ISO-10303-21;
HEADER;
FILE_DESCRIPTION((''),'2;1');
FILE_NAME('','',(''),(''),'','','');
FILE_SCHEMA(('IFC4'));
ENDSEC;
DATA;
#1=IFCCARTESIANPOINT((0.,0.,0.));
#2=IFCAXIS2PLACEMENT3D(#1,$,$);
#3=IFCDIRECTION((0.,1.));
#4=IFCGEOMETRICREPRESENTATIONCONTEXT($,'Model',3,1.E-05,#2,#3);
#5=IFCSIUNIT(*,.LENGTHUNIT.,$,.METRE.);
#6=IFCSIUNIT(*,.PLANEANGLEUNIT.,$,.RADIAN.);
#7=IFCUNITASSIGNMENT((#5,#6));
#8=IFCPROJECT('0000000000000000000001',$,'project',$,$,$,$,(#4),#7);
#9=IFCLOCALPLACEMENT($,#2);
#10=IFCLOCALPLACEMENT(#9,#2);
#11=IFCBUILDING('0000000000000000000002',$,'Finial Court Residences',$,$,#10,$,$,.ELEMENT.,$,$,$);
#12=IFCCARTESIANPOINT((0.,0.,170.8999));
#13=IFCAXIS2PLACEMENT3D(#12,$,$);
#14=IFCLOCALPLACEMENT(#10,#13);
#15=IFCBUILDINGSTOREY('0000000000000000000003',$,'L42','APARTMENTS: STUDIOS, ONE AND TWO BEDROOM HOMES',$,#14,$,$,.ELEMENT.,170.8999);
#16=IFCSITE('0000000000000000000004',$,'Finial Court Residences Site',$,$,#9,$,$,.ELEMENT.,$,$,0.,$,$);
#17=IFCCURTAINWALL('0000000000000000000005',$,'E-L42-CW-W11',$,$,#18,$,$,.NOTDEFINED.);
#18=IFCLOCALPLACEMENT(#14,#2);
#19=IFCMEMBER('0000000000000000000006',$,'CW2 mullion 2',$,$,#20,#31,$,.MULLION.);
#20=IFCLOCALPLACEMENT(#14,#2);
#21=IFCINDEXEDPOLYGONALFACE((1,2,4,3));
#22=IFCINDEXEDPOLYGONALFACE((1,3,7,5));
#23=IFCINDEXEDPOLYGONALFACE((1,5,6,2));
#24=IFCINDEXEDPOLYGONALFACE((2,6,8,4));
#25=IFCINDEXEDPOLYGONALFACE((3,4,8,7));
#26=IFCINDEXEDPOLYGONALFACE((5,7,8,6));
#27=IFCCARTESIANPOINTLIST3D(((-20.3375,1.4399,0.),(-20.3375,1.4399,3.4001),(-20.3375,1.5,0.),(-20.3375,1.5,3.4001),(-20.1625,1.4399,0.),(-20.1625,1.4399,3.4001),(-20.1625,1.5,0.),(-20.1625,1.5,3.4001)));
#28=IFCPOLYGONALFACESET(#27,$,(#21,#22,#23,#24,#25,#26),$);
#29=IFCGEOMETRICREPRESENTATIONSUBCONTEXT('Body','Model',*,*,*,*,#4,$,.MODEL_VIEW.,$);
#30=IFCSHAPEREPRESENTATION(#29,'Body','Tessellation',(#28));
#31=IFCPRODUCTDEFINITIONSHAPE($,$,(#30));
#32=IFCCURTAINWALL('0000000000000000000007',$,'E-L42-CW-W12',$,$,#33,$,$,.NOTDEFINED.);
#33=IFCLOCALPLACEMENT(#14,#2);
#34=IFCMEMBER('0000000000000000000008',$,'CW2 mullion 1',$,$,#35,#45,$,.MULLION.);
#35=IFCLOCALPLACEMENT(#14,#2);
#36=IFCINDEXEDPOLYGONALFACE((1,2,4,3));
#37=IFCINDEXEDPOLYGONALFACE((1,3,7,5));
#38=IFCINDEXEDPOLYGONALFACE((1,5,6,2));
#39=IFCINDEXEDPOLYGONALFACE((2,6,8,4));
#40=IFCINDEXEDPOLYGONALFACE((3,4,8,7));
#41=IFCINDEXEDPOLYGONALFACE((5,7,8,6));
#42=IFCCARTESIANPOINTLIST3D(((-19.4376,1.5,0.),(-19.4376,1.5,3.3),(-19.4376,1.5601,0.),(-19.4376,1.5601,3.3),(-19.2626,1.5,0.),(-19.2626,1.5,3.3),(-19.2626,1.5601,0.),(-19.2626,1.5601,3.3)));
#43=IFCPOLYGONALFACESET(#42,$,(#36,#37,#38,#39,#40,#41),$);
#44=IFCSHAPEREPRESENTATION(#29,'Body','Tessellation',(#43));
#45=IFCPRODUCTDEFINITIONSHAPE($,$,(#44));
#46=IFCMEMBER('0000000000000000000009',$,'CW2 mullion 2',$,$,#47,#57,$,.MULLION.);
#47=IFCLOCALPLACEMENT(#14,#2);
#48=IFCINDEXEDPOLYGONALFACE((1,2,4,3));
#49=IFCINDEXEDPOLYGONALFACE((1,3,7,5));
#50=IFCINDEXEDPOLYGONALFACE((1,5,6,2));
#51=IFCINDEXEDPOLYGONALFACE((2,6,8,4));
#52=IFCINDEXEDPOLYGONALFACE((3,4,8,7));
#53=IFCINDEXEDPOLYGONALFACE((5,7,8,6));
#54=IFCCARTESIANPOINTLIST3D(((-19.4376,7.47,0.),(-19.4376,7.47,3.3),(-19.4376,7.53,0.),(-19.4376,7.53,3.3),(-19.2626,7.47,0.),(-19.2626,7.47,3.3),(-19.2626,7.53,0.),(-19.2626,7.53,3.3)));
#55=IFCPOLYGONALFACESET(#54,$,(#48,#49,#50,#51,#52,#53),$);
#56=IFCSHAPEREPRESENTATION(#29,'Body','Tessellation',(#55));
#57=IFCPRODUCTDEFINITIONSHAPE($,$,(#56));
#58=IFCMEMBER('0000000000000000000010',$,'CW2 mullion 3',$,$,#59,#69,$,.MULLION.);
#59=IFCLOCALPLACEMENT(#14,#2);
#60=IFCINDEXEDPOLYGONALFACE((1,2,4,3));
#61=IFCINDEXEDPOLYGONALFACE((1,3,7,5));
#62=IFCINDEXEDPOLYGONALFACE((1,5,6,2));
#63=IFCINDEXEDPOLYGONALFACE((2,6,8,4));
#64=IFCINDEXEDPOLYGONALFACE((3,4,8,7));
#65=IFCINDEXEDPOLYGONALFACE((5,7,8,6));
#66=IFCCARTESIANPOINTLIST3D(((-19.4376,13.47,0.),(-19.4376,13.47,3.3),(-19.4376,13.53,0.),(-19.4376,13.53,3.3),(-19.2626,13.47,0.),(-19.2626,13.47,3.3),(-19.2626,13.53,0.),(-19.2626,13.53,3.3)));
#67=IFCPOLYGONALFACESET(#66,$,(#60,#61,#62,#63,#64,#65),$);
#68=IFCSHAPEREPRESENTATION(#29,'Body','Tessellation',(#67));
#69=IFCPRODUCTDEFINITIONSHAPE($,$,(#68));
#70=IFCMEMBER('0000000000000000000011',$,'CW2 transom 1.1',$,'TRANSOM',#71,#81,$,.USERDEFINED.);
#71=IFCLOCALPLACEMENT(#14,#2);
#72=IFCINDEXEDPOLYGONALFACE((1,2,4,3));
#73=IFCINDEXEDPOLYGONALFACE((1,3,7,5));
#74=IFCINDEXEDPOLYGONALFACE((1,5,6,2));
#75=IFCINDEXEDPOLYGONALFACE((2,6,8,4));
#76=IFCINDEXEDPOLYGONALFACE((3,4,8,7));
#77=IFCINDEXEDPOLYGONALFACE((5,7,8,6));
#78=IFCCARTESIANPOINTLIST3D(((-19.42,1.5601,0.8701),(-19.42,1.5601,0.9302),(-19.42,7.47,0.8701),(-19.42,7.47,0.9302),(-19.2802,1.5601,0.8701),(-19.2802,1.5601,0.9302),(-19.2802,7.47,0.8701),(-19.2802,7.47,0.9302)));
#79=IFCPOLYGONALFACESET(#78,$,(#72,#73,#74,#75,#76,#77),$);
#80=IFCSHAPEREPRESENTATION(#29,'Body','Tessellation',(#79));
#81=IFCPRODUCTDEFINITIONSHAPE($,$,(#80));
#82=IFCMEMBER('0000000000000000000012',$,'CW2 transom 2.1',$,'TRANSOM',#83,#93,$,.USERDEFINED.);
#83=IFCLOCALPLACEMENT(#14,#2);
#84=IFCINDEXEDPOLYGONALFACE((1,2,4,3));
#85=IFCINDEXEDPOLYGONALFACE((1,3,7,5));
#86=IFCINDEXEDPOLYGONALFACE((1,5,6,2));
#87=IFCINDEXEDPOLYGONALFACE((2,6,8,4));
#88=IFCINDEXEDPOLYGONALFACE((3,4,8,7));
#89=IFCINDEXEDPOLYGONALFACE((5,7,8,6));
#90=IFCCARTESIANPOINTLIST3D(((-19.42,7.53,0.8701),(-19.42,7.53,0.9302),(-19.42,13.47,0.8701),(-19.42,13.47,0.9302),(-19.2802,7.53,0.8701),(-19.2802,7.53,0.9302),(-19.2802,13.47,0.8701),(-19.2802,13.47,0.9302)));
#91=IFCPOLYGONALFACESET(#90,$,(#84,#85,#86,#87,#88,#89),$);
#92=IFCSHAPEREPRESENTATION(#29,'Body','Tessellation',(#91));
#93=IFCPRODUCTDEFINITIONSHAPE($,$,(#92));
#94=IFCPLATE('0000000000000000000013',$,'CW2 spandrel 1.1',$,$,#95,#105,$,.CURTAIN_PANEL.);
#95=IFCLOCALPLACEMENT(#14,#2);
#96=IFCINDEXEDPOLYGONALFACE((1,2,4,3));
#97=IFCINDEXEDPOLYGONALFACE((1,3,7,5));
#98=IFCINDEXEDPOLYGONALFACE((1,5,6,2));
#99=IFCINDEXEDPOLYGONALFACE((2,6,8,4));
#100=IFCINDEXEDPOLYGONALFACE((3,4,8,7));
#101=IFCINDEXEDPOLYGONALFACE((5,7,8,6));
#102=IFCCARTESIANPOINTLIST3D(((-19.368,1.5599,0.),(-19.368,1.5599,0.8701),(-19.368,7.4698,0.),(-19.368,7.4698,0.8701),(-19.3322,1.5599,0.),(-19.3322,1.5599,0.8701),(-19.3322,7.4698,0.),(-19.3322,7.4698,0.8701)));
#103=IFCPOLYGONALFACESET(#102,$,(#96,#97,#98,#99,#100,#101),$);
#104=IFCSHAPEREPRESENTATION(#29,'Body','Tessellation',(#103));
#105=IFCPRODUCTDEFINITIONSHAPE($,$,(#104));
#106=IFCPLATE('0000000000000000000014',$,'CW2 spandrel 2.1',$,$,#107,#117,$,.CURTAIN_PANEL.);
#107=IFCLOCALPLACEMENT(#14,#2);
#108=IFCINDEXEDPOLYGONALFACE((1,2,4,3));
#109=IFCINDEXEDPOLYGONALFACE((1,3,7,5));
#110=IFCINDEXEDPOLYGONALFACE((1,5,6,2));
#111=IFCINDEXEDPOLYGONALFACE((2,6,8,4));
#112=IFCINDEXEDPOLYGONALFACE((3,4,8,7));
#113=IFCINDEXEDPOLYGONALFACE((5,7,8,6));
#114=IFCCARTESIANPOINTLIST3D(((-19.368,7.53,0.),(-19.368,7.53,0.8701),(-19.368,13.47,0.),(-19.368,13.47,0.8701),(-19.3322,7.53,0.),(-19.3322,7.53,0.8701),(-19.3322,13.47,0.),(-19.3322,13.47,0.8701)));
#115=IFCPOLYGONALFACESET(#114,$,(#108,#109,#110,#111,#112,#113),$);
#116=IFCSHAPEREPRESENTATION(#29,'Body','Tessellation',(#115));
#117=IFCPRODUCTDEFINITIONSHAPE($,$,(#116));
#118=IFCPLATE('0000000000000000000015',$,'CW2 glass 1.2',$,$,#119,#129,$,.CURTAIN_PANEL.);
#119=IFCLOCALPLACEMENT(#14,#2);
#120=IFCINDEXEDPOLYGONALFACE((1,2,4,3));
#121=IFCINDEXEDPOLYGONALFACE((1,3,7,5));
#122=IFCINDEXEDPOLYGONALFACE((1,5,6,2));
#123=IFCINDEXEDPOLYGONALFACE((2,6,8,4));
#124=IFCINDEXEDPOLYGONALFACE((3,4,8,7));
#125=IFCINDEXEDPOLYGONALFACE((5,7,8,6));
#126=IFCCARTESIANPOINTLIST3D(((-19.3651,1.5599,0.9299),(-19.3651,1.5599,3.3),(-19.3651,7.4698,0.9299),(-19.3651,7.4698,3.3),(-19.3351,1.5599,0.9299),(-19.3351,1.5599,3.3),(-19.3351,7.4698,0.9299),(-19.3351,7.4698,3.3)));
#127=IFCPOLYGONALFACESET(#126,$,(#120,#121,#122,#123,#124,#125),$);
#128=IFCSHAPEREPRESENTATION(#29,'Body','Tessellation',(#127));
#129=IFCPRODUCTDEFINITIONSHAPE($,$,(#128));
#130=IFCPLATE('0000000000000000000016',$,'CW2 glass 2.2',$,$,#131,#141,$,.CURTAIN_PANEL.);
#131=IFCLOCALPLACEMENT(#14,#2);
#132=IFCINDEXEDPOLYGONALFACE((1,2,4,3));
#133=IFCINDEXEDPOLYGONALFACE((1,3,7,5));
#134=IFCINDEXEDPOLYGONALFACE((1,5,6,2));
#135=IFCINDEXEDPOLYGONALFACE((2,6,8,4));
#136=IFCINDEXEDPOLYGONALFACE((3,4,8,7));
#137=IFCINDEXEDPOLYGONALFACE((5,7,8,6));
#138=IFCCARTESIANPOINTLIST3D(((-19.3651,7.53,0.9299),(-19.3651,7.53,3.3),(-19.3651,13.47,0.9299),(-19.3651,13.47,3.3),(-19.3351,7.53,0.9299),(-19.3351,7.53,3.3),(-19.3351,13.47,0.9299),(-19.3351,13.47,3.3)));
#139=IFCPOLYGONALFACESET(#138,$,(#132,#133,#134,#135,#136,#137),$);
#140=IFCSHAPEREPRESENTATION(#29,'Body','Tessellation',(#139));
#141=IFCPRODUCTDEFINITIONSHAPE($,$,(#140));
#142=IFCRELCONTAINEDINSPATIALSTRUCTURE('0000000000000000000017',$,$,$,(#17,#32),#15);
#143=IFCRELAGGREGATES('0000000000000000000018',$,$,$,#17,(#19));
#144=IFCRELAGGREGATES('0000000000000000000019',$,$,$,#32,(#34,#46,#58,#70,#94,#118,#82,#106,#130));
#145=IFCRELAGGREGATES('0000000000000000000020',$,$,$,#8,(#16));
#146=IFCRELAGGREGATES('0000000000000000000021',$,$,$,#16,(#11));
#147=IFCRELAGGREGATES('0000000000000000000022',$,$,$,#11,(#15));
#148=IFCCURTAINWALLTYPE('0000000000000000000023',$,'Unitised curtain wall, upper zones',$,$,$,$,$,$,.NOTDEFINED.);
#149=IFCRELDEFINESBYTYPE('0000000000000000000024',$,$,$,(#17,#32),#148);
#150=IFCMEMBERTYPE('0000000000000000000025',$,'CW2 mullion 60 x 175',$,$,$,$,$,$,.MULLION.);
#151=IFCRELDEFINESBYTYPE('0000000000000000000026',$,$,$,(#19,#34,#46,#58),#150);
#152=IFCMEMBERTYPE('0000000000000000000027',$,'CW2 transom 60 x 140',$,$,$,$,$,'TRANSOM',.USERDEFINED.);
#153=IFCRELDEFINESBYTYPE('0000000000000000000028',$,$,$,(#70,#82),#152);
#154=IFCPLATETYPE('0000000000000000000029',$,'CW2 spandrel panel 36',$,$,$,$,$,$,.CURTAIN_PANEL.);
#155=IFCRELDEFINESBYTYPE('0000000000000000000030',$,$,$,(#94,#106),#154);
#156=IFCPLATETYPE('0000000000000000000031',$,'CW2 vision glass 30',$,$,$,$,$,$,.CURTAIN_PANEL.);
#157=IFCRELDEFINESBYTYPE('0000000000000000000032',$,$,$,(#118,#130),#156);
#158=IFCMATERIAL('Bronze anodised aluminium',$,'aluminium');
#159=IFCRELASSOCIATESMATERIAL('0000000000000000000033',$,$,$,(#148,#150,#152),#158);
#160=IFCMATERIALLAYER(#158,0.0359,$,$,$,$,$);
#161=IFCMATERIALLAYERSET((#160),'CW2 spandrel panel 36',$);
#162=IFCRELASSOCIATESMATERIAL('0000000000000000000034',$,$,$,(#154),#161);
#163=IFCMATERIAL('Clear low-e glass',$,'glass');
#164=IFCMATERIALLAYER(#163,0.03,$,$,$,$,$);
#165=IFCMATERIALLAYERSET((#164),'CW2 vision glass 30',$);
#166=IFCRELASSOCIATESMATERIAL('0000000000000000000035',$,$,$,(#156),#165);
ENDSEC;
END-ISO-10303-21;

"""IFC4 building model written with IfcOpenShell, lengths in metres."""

from ifc_helpers import new_model, si_unit, direction, frame, origin, origin_2d, place, context, subcontext, project, spatial, rectangle, extrude, material, layer, layer_set, material_profile, profile_set, type_object, element, aggregate, save


model = new_model("IFC4")

# Units and contexts
model_context = context("Model", 3, precision=1e-05, world=origin(), true_north=direction((0.0, 1.0)))
body_context = subcontext(model_context, "Body", "Model", "MODEL_VIEW")
ifc_project = project(units=[si_unit("LENGTHUNIT", "METRE"), si_unit("PLANEANGLEUNIT", "RADIAN")], contexts=[model_context])

# Site, building, storey
site_placement = place(None, origin())
site = spatial("IfcSite", under=ifc_project, at=site_placement, Name="Finial Court Residences Site", CompositionType="ELEMENT", RefElevation=0.0)
building_placement = place(site_placement, origin())
building = spatial("IfcBuilding", under=site, at=building_placement, Name="Finial Court Residences", CompositionType="ELEMENT")
storey_placement = place(building_placement, frame((0.0, 0.0, 170.8999)))
storey = spatial("IfcBuildingStorey", under=building, at=storey_placement, Name="L42", Description="APARTMENTS: STUDIOS, ONE AND TWO BEDROOM HOMES", CompositionType="ELEMENT", Elevation=170.8999)

# Curtain wall, member
ifc_material_1 = material(Name="Bronze anodised aluminium", Category="aluminium")
curtain_wall_type = type_object("IfcCurtainWallType", Name="Unitised curtain wall, upper zones", PredefinedType="NOTDEFINED", material=ifc_material_1)
curtain_wall_1_placement = place(storey_placement, origin())
curtain_wall_1 = element("IfcCurtainWall", 1, at=curtain_wall_1_placement, inside=storey, type_object=curtain_wall_type, Name="E-L42-CW-W11", PredefinedType="NOTDEFINED")
ifc_material_profile_1 = material_profile(ifc_material_1, rectangle(XDim=0.175, YDim=0.0601, at=origin_2d()), Name="CW2 mullion 60 x 175")
ifc_profile_set_1 = profile_set([ifc_material_profile_1], Name="Bronze anodised aluminium")
member_type_1 = type_object("IfcMemberType", Name="CW2 mullion 60 x 175", PredefinedType="MULLION", material=ifc_profile_set_1)
member_1_placement = place(storey_placement, frame((-20.25, 1.47, 0.0), z_axis=(0.0, 0.0, 1.0), x_axis=(-1.0, 0.0, 0.0)))
member_1 = element("IfcMember", 2, at=member_1_placement, type_object=member_type_1, Name="CW2 mullion 2", PredefinedType="MULLION", context=body_context, shape_type="SweptSolid", body=[
    extrude(rectangle(XDim=0.175, YDim=0.0601, at=origin_2d()), origin(), (0.0, 0.0, 1.0), 3.4001),
])
aggregate(curtain_wall_1, [member_1])

# Curtain wall, members, plates
curtain_wall_2_placement = place(storey_placement, origin())
curtain_wall_2 = element("IfcCurtainWall", 3, at=curtain_wall_2_placement, inside=storey, type_object=curtain_wall_type, Name="E-L42-CW-W12", PredefinedType="NOTDEFINED")
member_2_placement = place(storey_placement, frame((-19.3501, 1.53, 0.0), z_axis=(0.0, 0.0, 1.0), x_axis=(-1.0, 0.0, 0.0)))
member_2 = element("IfcMember", 4, at=member_2_placement, type_object=member_type_1, Name="CW2 mullion 1", PredefinedType="MULLION", context=body_context, shape_type="SweptSolid", body=[
    extrude(rectangle(XDim=0.175, YDim=0.0601, at=origin_2d()), origin(), (0.0, 0.0, 1.0), 3.3),
])
member_3_placement = place(storey_placement, frame((-19.3501, 7.5, 0.0), z_axis=(0.0, 0.0, 1.0), x_axis=(-1.0, 0.0, 0.0)))
member_3 = element("IfcMember", 5, at=member_3_placement, type_object=member_type_1, Name="CW2 mullion 2", PredefinedType="MULLION", context=body_context, shape_type="SweptSolid", body=[
    extrude(rectangle(XDim=0.175, YDim=0.0601, at=origin_2d()), origin(), (0.0, 0.0, 1.0), 3.3),
])
member_4_placement = place(storey_placement, frame((-19.3501, 13.5, 0.0), z_axis=(0.0, 0.0, 1.0), x_axis=(-1.0, 0.0, 0.0)))
member_4 = element("IfcMember", 6, at=member_4_placement, type_object=member_type_1, Name="CW2 mullion 3", PredefinedType="MULLION", context=body_context, shape_type="SweptSolid", body=[
    extrude(rectangle(XDim=0.175, YDim=0.0601, at=origin_2d()), origin(), (0.0, 0.0, 1.0), 3.3),
])
ifc_material_profile_2 = material_profile(ifc_material_1, rectangle(XDim=0.1399, YDim=0.0601, at=origin_2d()), Name="CW2 transom 60 x 140")
ifc_profile_set_2 = profile_set([ifc_material_profile_2], Name="Bronze anodised aluminium")
member_type_2 = type_object("IfcMemberType", Name="CW2 transom 60 x 140", ElementType="TRANSOM", PredefinedType="USERDEFINED", material=ifc_profile_set_2)
member_5_placement = place(storey_placement, frame((-19.3501, 1.5601, 0.9001), z_axis=(0.0, 1.0, 0.0), x_axis=(-1.0, 0.0, 0.0)))
member_5 = element("IfcMember", 7, at=member_5_placement, type_object=member_type_2, Name="CW2 transom 1.1", ObjectType="TRANSOM", PredefinedType="USERDEFINED", context=body_context, shape_type="SweptSolid", body=[
    extrude(rectangle(XDim=0.1399, YDim=0.0601, at=origin_2d()), origin(), (0.0, 0.0, 1.0), 5.9099),
])
member_6_placement = place(storey_placement, frame((-19.3501, 7.53, 0.9001), z_axis=(0.0, 1.0, 0.0), x_axis=(-1.0, 0.0, 0.0)))
member_6 = element("IfcMember", 8, at=member_6_placement, type_object=member_type_2, Name="CW2 transom 2.1", ObjectType="TRANSOM", PredefinedType="USERDEFINED", context=body_context, shape_type="SweptSolid", body=[
    extrude(rectangle(XDim=0.1399, YDim=0.0601, at=origin_2d()), origin(), (0.0, 0.0, 1.0), 5.9399),
])
ifc_layer_1 = layer(ifc_material_1, 0.0359)
ifc_layer_set_1 = layer_set([ifc_layer_1], Name="CW2 spandrel panel 36")
plate_type_1 = type_object("IfcPlateType", Name="CW2 spandrel panel 36", PredefinedType="CURTAIN_PANEL", material=ifc_layer_set_1)
plate_1_placement = place(storey_placement, frame((-19.3501, 4.5149, 0.0), z_axis=(0.0, 0.0, 1.0), x_axis=(0.0, 1.0, 0.0)))
plate_1 = element("IfcPlate", 9, at=plate_1_placement, type_object=plate_type_1, Name="CW2 spandrel 1.1", PredefinedType="CURTAIN_PANEL", context=body_context, shape_type="SweptSolid", body=[
    extrude(rectangle(XDim=5.9099, YDim=0.0359, at=origin_2d()), origin(), (0.0, 0.0, 1.0), 0.8701),
])
plate_2_placement = place(storey_placement, frame((-19.3501, 10.5, 0.0), z_axis=(0.0, 0.0, 1.0), x_axis=(0.0, 1.0, 0.0)))
plate_2 = element("IfcPlate", 10, at=plate_2_placement, type_object=plate_type_1, Name="CW2 spandrel 2.1", PredefinedType="CURTAIN_PANEL", context=body_context, shape_type="SweptSolid", body=[
    extrude(rectangle(XDim=5.9399, YDim=0.0359, at=origin_2d()), origin(), (0.0, 0.0, 1.0), 0.8701),
])
ifc_material_2 = material(Name="Clear low-e glass", Category="glass")
ifc_layer_2 = layer(ifc_material_2, 0.03)
ifc_layer_set_2 = layer_set([ifc_layer_2], Name="CW2 vision glass 30")
plate_type_2 = type_object("IfcPlateType", Name="CW2 vision glass 30", PredefinedType="CURTAIN_PANEL", material=ifc_layer_set_2)
plate_3_placement = place(storey_placement, frame((-19.3501, 4.5149, 0.9299), z_axis=(0.0, 0.0, 1.0), x_axis=(0.0, 1.0, 0.0)))
plate_3 = element("IfcPlate", 11, at=plate_3_placement, type_object=plate_type_2, Name="CW2 glass 1.2", PredefinedType="CURTAIN_PANEL", context=body_context, shape_type="SweptSolid", body=[
    extrude(rectangle(XDim=5.9099, YDim=0.03, at=origin_2d()), origin(), (0.0, 0.0, 1.0), 2.3701),
])
plate_4_placement = place(storey_placement, frame((-19.3501, 10.5, 0.9299), z_axis=(0.0, 0.0, 1.0), x_axis=(0.0, 1.0, 0.0)))
plate_4 = element("IfcPlate", 12, at=plate_4_placement, type_object=plate_type_2, Name="CW2 glass 2.2", PredefinedType="CURTAIN_PANEL", context=body_context, shape_type="SweptSolid", body=[
    extrude(rectangle(XDim=5.9399, YDim=0.03, at=origin_2d()), origin(), (0.0, 0.0, 1.0), 2.3701),
])
aggregate(curtain_wall_2, [member_2, member_3, member_4, member_5, plate_1, plate_3, member_6, plate_2, plate_4])

save(model, "model.ifc")
